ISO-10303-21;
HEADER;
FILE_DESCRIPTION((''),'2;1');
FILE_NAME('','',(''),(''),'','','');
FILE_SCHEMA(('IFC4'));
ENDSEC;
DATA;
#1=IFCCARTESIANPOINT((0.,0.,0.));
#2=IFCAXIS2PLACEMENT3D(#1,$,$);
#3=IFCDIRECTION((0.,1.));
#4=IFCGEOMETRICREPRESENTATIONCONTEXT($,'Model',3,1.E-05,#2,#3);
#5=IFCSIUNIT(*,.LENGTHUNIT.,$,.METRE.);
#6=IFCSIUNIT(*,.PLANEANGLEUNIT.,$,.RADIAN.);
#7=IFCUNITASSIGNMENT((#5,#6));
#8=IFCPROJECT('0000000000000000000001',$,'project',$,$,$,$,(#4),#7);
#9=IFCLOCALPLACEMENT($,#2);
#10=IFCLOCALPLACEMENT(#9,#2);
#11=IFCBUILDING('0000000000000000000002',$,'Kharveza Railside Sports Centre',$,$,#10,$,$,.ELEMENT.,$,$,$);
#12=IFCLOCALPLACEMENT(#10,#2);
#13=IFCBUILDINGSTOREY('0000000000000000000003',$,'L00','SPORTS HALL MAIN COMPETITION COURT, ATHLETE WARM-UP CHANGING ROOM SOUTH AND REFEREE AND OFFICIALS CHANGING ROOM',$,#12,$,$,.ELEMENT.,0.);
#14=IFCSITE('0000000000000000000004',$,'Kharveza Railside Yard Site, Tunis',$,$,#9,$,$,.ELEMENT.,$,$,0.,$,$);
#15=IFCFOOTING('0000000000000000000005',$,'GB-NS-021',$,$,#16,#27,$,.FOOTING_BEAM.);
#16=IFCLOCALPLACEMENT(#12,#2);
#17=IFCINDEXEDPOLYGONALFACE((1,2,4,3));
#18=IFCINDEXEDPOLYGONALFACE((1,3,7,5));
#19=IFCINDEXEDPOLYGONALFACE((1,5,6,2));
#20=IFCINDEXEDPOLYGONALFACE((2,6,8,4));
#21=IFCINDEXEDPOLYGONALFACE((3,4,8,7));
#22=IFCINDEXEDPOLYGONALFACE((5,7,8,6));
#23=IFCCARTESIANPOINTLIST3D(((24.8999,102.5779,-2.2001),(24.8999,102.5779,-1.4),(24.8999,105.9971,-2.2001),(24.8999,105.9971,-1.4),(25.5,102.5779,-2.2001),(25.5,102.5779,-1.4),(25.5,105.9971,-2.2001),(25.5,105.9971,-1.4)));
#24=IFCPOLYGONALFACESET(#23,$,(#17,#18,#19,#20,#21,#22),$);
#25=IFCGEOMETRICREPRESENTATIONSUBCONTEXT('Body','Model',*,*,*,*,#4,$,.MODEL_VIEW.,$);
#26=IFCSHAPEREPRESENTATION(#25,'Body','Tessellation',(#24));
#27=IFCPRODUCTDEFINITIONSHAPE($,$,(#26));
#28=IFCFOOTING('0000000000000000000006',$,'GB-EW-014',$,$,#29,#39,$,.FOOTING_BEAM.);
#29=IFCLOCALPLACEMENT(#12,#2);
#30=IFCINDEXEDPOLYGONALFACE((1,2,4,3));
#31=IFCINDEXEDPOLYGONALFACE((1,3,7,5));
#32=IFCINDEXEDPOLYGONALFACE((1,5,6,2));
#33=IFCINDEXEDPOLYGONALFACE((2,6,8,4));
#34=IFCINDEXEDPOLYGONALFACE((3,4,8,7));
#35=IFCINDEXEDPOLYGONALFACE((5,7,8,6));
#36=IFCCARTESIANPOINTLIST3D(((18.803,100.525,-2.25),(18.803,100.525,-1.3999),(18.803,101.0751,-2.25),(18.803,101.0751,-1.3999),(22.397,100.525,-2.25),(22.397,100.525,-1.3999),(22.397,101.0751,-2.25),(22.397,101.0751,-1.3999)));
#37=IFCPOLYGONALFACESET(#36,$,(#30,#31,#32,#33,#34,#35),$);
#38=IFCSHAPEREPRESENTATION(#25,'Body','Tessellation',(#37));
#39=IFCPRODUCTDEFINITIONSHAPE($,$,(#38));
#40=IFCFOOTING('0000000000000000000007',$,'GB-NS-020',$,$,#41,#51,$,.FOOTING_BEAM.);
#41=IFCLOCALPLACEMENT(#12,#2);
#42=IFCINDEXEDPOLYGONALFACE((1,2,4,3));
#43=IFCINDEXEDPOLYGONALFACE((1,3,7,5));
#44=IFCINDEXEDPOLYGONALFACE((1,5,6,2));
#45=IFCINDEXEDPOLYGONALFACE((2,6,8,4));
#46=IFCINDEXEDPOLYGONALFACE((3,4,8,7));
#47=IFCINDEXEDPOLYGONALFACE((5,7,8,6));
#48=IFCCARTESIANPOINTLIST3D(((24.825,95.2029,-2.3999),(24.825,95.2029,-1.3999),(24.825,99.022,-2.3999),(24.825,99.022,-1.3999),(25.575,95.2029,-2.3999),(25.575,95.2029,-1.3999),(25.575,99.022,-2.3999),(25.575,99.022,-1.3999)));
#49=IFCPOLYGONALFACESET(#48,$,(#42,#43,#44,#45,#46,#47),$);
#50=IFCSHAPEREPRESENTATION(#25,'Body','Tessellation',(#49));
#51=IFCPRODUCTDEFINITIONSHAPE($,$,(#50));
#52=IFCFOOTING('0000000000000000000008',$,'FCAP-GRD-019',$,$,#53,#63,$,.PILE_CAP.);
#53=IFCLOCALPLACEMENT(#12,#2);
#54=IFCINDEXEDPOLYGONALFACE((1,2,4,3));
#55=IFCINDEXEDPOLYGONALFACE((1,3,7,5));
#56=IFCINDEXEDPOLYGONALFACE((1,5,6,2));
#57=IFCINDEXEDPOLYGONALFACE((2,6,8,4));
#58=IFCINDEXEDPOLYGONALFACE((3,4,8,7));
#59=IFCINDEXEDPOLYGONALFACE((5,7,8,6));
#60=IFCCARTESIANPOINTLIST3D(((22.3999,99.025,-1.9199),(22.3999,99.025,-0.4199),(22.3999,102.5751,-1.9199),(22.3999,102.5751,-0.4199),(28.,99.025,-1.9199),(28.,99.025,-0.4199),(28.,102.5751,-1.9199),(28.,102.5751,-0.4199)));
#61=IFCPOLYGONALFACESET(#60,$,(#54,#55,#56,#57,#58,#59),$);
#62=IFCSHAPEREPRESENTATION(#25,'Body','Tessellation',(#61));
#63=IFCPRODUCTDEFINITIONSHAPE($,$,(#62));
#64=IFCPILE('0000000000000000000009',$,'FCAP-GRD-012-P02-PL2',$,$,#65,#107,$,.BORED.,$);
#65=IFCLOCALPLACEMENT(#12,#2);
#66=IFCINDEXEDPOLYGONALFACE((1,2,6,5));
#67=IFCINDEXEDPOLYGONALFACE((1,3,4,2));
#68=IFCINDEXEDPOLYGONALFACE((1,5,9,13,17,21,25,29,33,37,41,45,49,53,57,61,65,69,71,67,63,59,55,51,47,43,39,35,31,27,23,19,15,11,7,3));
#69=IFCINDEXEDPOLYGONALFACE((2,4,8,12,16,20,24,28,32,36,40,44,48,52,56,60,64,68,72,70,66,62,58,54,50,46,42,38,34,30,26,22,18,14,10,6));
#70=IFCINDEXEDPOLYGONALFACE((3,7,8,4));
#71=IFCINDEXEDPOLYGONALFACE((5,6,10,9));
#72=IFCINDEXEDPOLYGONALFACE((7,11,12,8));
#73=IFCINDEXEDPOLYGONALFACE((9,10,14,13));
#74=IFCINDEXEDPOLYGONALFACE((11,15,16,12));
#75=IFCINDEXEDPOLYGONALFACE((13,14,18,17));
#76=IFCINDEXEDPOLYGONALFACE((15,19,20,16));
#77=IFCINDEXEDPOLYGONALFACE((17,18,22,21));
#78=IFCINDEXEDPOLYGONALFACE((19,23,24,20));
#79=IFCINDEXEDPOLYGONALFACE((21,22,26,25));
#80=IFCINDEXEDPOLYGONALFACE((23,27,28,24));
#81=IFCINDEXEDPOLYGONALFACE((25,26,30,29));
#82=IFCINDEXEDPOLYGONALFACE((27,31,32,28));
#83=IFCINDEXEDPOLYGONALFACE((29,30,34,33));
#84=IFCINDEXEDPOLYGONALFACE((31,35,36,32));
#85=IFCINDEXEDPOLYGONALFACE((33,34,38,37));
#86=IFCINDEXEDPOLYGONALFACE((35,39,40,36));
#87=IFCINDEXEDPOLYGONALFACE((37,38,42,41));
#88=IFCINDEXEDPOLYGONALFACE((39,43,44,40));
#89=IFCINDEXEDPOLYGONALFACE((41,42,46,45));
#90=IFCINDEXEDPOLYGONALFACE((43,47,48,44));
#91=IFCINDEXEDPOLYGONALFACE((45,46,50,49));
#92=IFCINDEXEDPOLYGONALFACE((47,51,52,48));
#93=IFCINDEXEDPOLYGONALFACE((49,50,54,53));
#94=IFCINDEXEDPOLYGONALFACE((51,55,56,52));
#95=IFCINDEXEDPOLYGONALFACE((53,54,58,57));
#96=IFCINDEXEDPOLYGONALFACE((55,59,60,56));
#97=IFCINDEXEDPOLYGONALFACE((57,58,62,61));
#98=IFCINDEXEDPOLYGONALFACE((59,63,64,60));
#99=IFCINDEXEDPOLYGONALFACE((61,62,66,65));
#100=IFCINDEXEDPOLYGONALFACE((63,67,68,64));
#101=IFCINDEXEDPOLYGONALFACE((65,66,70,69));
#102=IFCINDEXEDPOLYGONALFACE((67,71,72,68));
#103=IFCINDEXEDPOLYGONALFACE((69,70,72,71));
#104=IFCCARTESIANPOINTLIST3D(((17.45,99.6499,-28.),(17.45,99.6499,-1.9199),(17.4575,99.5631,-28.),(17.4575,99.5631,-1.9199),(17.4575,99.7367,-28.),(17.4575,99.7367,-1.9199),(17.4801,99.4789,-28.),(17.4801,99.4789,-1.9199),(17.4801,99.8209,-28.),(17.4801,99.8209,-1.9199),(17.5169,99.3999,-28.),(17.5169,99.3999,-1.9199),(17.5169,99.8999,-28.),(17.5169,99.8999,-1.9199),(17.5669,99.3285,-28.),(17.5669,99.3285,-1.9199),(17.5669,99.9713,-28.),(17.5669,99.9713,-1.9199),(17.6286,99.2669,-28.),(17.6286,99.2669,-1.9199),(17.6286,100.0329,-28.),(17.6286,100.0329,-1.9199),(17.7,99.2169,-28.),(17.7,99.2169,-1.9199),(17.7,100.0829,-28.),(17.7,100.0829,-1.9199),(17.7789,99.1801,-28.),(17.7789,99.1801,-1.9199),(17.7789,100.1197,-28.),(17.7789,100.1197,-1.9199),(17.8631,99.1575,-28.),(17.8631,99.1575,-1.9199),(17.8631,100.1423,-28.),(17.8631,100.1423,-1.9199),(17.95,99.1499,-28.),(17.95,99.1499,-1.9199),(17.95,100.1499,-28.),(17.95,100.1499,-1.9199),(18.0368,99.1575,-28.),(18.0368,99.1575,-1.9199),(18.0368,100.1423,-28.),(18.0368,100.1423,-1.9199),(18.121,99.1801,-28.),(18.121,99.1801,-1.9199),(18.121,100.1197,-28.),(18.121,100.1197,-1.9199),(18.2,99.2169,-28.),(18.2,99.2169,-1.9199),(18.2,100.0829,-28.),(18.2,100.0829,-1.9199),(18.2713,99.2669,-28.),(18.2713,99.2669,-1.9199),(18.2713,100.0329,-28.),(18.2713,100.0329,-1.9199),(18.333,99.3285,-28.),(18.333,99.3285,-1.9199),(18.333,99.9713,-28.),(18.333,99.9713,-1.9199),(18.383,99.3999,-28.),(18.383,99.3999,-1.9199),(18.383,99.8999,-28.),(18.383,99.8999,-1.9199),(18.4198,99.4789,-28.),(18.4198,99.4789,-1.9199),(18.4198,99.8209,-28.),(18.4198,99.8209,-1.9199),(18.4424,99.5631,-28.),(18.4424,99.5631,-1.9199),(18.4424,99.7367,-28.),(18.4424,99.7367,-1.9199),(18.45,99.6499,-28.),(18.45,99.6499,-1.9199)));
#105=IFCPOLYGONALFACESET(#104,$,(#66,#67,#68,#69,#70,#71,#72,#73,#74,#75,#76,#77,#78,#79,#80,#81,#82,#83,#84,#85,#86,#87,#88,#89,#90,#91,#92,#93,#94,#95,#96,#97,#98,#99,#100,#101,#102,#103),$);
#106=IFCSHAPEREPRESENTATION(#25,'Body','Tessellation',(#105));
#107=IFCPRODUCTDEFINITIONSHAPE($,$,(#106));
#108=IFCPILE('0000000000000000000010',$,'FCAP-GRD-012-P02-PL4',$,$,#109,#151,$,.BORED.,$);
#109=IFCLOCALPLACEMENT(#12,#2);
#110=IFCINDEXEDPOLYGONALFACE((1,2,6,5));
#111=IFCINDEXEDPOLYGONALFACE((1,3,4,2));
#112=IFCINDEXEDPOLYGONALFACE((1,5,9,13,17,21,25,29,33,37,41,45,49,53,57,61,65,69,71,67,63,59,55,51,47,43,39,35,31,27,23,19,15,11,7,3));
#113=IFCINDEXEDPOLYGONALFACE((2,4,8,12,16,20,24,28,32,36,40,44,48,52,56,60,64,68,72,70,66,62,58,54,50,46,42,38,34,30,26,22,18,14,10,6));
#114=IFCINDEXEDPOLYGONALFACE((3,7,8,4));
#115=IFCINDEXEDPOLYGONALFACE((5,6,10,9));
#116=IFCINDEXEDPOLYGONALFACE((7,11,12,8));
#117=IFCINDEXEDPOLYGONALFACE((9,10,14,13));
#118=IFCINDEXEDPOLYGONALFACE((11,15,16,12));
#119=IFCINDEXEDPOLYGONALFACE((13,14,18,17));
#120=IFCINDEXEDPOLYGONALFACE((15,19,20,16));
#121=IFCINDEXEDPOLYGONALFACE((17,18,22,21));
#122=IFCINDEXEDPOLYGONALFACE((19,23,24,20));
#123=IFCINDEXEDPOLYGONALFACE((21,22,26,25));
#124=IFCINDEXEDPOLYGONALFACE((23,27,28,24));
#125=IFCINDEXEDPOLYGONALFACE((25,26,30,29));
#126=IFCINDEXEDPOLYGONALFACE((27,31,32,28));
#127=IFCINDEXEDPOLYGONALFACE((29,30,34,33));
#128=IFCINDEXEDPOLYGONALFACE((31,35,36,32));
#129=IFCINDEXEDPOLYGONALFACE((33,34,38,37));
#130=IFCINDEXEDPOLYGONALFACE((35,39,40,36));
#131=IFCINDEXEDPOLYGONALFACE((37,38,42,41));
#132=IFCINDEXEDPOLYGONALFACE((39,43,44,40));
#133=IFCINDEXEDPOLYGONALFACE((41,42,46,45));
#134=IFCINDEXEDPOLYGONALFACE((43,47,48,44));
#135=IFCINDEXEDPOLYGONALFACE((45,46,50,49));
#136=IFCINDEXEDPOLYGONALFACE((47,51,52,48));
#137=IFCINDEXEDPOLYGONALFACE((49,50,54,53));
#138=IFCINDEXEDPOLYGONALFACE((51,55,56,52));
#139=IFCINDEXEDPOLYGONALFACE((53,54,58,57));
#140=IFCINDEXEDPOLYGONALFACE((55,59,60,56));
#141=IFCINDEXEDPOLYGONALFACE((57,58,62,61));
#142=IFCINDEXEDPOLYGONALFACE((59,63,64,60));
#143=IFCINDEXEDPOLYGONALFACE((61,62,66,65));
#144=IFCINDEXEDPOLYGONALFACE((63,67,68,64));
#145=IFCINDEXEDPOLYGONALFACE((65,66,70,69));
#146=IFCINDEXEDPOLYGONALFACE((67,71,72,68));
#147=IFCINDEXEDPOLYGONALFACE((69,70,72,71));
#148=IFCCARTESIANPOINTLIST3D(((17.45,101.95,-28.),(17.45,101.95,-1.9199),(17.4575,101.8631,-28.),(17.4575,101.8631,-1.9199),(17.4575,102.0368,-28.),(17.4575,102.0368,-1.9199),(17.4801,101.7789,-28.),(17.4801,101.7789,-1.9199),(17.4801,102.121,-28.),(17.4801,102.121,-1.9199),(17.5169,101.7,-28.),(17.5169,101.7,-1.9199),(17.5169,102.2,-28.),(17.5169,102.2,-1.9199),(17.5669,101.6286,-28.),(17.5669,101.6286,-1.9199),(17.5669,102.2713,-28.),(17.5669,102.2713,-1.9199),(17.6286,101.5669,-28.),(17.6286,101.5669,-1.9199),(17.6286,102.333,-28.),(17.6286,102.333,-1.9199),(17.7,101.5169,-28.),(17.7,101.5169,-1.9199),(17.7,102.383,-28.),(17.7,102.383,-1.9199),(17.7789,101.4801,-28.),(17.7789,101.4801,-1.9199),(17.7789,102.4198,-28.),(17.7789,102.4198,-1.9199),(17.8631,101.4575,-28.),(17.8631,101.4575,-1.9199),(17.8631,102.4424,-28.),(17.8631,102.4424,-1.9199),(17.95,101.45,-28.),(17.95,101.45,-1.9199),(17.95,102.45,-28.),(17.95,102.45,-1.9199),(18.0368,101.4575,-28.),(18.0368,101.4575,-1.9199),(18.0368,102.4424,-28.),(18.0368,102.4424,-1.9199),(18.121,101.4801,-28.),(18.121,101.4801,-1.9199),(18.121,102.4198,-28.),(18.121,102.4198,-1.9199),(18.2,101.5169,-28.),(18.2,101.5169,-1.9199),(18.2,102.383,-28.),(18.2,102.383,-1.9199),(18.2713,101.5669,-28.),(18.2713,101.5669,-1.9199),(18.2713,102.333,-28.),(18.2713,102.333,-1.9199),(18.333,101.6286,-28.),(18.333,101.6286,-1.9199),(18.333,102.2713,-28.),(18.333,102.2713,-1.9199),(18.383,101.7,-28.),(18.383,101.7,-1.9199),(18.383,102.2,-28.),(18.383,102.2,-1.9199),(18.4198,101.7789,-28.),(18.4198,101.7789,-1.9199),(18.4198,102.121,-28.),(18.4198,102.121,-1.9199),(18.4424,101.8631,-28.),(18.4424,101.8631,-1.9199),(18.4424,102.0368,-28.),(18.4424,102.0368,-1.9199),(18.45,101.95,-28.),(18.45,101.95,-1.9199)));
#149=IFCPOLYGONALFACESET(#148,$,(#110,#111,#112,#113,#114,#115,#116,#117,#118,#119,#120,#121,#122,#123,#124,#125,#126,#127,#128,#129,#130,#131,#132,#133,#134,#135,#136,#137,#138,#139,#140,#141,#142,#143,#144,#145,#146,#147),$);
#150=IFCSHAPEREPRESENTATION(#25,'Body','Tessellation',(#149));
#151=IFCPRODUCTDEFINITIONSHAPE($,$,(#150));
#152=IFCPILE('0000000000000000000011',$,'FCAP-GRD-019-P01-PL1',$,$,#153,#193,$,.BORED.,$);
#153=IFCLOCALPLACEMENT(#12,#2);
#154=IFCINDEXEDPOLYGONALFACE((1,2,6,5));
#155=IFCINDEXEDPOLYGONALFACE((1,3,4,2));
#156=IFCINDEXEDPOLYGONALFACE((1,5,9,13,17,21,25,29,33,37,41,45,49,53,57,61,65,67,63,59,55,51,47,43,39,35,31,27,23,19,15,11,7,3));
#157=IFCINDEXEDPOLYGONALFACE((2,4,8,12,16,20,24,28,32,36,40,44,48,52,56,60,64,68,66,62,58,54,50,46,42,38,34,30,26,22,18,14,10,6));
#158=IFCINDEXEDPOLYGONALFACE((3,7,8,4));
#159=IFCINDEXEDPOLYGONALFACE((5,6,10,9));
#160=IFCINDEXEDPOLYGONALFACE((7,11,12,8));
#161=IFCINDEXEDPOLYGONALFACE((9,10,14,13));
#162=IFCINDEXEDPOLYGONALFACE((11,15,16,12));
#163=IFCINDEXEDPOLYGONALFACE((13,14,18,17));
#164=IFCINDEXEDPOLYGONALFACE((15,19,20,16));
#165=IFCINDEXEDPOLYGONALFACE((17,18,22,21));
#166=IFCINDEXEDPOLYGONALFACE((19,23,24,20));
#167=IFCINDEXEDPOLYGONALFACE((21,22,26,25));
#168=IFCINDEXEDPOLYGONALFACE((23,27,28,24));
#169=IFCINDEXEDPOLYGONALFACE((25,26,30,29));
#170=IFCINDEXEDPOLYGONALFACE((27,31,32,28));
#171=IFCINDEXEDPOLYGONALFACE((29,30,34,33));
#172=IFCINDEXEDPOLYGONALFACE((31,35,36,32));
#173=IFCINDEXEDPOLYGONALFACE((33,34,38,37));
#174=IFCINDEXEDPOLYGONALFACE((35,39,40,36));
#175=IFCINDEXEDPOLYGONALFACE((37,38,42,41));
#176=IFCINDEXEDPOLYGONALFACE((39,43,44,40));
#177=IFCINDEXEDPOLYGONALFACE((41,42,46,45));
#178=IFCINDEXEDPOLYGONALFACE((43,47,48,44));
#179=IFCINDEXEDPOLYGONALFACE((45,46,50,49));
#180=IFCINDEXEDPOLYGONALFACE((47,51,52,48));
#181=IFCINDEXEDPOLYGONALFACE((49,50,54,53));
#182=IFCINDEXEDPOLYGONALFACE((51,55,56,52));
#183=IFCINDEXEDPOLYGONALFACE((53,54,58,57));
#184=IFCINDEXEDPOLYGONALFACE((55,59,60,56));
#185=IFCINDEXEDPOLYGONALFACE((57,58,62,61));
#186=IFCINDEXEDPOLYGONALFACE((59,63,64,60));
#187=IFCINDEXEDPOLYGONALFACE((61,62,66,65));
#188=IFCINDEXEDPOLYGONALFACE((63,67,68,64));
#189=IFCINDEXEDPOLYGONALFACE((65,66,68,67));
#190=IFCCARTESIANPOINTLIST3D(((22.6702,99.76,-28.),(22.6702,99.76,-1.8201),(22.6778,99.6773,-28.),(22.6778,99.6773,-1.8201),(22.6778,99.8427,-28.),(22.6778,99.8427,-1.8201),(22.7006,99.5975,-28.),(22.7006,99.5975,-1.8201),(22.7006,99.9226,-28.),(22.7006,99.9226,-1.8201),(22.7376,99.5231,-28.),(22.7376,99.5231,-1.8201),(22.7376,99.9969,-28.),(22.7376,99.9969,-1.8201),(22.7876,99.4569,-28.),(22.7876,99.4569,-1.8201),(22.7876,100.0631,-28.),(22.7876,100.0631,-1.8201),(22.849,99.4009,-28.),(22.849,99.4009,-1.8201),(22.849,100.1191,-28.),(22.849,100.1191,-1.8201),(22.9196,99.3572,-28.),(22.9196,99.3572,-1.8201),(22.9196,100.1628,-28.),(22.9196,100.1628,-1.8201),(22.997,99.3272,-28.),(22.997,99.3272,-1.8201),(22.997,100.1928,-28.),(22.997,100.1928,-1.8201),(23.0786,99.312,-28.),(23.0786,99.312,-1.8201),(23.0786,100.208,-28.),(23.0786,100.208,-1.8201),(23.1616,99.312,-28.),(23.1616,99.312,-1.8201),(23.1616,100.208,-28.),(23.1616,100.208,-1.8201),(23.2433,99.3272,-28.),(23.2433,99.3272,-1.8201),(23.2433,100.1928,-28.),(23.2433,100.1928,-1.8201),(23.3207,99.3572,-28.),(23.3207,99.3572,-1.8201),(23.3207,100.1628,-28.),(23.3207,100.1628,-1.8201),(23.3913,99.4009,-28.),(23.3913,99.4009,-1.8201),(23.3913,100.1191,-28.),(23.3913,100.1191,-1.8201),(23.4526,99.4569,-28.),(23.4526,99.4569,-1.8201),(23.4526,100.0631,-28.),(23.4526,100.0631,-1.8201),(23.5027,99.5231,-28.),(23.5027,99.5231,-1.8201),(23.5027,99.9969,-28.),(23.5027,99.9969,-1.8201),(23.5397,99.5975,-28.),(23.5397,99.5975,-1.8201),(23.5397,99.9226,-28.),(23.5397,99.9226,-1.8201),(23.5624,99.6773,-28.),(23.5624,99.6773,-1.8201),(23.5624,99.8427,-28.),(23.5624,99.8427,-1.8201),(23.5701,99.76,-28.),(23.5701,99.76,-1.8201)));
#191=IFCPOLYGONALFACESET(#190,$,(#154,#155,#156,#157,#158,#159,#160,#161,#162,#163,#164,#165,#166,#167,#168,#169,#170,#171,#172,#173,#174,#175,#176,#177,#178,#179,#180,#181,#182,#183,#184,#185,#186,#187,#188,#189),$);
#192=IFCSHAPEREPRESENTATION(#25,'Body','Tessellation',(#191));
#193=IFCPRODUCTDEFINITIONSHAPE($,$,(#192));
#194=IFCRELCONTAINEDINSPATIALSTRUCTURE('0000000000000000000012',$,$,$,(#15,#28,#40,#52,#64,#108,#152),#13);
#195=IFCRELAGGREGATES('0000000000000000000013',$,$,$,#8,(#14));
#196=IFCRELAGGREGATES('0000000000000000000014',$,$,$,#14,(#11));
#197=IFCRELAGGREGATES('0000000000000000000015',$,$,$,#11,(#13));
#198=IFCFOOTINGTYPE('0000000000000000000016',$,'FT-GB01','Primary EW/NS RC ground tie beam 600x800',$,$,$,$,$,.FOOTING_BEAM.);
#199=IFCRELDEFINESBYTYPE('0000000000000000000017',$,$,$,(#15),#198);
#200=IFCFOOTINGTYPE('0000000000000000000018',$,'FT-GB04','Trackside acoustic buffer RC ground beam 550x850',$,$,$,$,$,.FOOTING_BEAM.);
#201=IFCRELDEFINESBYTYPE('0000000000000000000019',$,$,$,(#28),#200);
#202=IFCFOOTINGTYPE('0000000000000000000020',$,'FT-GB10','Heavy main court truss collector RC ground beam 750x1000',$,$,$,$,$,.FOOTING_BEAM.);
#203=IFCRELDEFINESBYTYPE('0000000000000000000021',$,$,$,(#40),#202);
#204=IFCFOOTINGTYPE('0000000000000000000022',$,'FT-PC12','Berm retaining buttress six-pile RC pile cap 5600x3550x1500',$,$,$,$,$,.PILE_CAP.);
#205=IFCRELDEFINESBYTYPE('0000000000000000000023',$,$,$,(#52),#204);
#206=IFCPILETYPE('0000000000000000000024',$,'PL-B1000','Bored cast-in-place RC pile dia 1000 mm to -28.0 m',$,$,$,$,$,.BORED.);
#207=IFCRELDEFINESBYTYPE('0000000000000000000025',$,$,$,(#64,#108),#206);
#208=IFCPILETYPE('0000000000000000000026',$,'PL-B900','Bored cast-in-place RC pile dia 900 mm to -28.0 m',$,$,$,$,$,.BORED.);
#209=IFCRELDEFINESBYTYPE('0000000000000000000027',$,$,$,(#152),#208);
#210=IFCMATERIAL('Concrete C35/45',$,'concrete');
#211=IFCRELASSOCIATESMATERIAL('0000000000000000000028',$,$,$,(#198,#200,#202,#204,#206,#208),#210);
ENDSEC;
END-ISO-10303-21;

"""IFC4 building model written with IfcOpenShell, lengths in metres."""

from ifc_helpers import new_model, si_unit, direction, frame, origin, origin_2d, place, context, subcontext, project, spatial, rectangle, circle, extrude, material, material_profile, profile_set, type_object, element, save


model = new_model("IFC4")

# Units and contexts
model_context = context("Model", 3, precision=1e-05, world=origin(), true_north=direction((0.0, 1.0)))
body_context = subcontext(model_context, "Body", "Model", "MODEL_VIEW")
ifc_project = project(units=[si_unit("LENGTHUNIT", "METRE"), si_unit("PLANEANGLEUNIT", "RADIAN")], contexts=[model_context])

# Site, building, storey
site_placement = place(None, origin())
site = spatial("IfcSite", under=ifc_project, at=site_placement, Name="Kharveza Railside Yard Site, Tunis", CompositionType="ELEMENT", RefElevation=0.0)
building_placement = place(site_placement, origin())
building = spatial("IfcBuilding", under=site, at=building_placement, Name="Kharveza Railside Sports Centre", CompositionType="ELEMENT")
storey_placement = place(building_placement, origin())
storey = spatial("IfcBuildingStorey", under=building, at=storey_placement, Name="L00", Description="SPORTS HALL MAIN COMPETITION COURT, ATHLETE WARM-UP CHANGING ROOM SOUTH AND REFEREE AND OFFICIALS CHANGING ROOM", CompositionType="ELEMENT", Elevation=0.0)

# Footings
ifc_material_1 = material(Name="Concrete C35/45", Category="concrete")
ifc_material_profile_1 = material_profile(ifc_material_1, rectangle(XDim=0.6001, YDim=0.8, at=origin_2d()), Name="GB 600x800")
ifc_profile_set_1 = profile_set([ifc_material_profile_1], Name="Concrete C35/45")
footing_type_1 = type_object("IfcFootingType", Name="FT-GB01", Description="Primary EW/NS RC ground tie beam 600x800", PredefinedType="FOOTING_BEAM", material=ifc_profile_set_1)
footing_1_placement = place(storey_placement, frame((25.2, 102.5779, -1.8), z_axis=(0.0, 1.0, 0.0), x_axis=(-1.0, 0.0, 0.0)))
element("IfcFooting", 1, at=footing_1_placement, inside=storey, type_object=footing_type_1, Name="GB-NS-021", PredefinedType="FOOTING_BEAM", context=body_context, shape_type="SweptSolid", body=[
    extrude(rectangle(XDim=0.6001, YDim=0.8, at=origin_2d()), origin(), (0.0, 0.0, 1.0), 3.4192),
])
ifc_material_profile_2 = material_profile(ifc_material_1, rectangle(XDim=0.55, YDim=0.8501, at=origin_2d()), Name="GB 550x850")
ifc_profile_set_2 = profile_set([ifc_material_profile_2], Name="Concrete C35/45")
footing_type_2 = type_object("IfcFootingType", Name="FT-GB04", Description="Trackside acoustic buffer RC ground beam 550x850", PredefinedType="FOOTING_BEAM", material=ifc_profile_set_2)
footing_2_placement = place(storey_placement, frame((18.803, 100.8, -1.825), z_axis=(1.0, 0.0, 0.0), x_axis=(0.0, 1.0, 0.0)))
element("IfcFooting", 2, at=footing_2_placement, inside=storey, type_object=footing_type_2, Name="GB-EW-014", PredefinedType="FOOTING_BEAM", context=body_context, shape_type="SweptSolid", body=[
    extrude(rectangle(XDim=0.55, YDim=0.8501, at=origin_2d()), origin(), (0.0, 0.0, 1.0), 3.594),
])
ifc_material_profile_3 = material_profile(ifc_material_1, rectangle(XDim=0.75, YDim=1.0, at=origin_2d()), Name="GB 750x1000")
ifc_profile_set_3 = profile_set([ifc_material_profile_3], Name="Concrete C35/45")
footing_type_3 = type_object("IfcFootingType", Name="FT-GB10", Description="Heavy main court truss collector RC ground beam 750x1000", PredefinedType="FOOTING_BEAM", material=ifc_profile_set_3)
footing_3_placement = place(storey_placement, frame((25.2, 95.2029, -1.8999), z_axis=(0.0, 1.0, 0.0), x_axis=(-1.0, 0.0, 0.0)))
element("IfcFooting", 3, at=footing_3_placement, inside=storey, type_object=footing_type_3, Name="GB-NS-020", PredefinedType="FOOTING_BEAM", context=body_context, shape_type="SweptSolid", body=[
    extrude(rectangle(XDim=0.75, YDim=1.0, at=origin_2d()), origin(), (0.0, 0.0, 1.0), 3.8191),
])
footing_type_4 = type_object("IfcFootingType", Name="FT-PC12", Description="Berm retaining buttress six-pile RC pile cap 5600x3550x1500", PredefinedType="PILE_CAP", material=ifc_material_1)
footing_4_placement = place(storey_placement, frame((25.2, 100.8, -1.9199), z_axis=(0.0, 0.0, 1.0), x_axis=(1.0, 0.0, 0.0)))
element("IfcFooting", 4, at=footing_4_placement, inside=storey, type_object=footing_type_4, Name="FCAP-GRD-019", PredefinedType="PILE_CAP", context=body_context, shape_type="SweptSolid", body=[
    extrude(rectangle(XDim=5.6001, YDim=3.55, at=origin_2d()), origin(), (0.0, 0.0, 1.0), 1.5),
])

# Piles
ifc_material_profile_4 = material_profile(ifc_material_1, circle(Radius=0.5, at=origin_2d()), Name="PILE D1000")
ifc_profile_set_4 = profile_set([ifc_material_profile_4], Name="Concrete C35/45")
pile_type_1 = type_object("IfcPileType", Name="PL-B1000", Description="Bored cast-in-place RC pile dia 1000 mm to -28.0 m", PredefinedType="BORED", material=ifc_profile_set_4)
for number, where, z_axis, x_axis, name in (
    (5, (17.95, 99.6499, -1.9199), (0.0, 0.0, -1.0), (1.0, 0.0, 0.0), "FCAP-GRD-012-P02-PL2"),
    (6, (17.95, 101.95, -1.9199), (0.0, 0.0, -1.0), (1.0, 0.0, 0.0), "FCAP-GRD-012-P02-PL4"),
):
    element("IfcPile", number, at=place(storey_placement, frame(where, z_axis=z_axis, x_axis=x_axis)), inside=storey, type_object=pile_type_1, Name=name, PredefinedType="BORED", context=body_context, shape_type="SweptSolid", body=[
        extrude(circle(Radius=0.5, at=origin_2d()), origin(), (0.0, 0.0, 1.0), 26.0801),
    ])
ifc_material_profile_5 = material_profile(ifc_material_1, circle(Radius=0.45, at=origin_2d()), Name="PILE D900")
ifc_profile_set_5 = profile_set([ifc_material_profile_5], Name="Concrete C35/45")
pile_type_2 = type_object("IfcPileType", Name="PL-B900", Description="Bored cast-in-place RC pile dia 900 mm to -28.0 m", PredefinedType="BORED", material=ifc_profile_set_5)
for number, where, z_axis, x_axis, name in (
    (7, (23.1201, 99.76, -1.8201), (0.0, 0.0, -1.0), (1.0, 0.0, 0.0), "FCAP-GRD-019-P01-PL1"),
):
    element("IfcPile", number, at=place(storey_placement, frame(where, z_axis=z_axis, x_axis=x_axis)), inside=storey, type_object=pile_type_2, Name=name, PredefinedType="BORED", context=body_context, shape_type="SweptSolid", body=[
        extrude(circle(Radius=0.45, at=origin_2d()), origin(), (0.0, 0.0, 1.0), 26.1799),
    ])

save(model, "model.ifc")
